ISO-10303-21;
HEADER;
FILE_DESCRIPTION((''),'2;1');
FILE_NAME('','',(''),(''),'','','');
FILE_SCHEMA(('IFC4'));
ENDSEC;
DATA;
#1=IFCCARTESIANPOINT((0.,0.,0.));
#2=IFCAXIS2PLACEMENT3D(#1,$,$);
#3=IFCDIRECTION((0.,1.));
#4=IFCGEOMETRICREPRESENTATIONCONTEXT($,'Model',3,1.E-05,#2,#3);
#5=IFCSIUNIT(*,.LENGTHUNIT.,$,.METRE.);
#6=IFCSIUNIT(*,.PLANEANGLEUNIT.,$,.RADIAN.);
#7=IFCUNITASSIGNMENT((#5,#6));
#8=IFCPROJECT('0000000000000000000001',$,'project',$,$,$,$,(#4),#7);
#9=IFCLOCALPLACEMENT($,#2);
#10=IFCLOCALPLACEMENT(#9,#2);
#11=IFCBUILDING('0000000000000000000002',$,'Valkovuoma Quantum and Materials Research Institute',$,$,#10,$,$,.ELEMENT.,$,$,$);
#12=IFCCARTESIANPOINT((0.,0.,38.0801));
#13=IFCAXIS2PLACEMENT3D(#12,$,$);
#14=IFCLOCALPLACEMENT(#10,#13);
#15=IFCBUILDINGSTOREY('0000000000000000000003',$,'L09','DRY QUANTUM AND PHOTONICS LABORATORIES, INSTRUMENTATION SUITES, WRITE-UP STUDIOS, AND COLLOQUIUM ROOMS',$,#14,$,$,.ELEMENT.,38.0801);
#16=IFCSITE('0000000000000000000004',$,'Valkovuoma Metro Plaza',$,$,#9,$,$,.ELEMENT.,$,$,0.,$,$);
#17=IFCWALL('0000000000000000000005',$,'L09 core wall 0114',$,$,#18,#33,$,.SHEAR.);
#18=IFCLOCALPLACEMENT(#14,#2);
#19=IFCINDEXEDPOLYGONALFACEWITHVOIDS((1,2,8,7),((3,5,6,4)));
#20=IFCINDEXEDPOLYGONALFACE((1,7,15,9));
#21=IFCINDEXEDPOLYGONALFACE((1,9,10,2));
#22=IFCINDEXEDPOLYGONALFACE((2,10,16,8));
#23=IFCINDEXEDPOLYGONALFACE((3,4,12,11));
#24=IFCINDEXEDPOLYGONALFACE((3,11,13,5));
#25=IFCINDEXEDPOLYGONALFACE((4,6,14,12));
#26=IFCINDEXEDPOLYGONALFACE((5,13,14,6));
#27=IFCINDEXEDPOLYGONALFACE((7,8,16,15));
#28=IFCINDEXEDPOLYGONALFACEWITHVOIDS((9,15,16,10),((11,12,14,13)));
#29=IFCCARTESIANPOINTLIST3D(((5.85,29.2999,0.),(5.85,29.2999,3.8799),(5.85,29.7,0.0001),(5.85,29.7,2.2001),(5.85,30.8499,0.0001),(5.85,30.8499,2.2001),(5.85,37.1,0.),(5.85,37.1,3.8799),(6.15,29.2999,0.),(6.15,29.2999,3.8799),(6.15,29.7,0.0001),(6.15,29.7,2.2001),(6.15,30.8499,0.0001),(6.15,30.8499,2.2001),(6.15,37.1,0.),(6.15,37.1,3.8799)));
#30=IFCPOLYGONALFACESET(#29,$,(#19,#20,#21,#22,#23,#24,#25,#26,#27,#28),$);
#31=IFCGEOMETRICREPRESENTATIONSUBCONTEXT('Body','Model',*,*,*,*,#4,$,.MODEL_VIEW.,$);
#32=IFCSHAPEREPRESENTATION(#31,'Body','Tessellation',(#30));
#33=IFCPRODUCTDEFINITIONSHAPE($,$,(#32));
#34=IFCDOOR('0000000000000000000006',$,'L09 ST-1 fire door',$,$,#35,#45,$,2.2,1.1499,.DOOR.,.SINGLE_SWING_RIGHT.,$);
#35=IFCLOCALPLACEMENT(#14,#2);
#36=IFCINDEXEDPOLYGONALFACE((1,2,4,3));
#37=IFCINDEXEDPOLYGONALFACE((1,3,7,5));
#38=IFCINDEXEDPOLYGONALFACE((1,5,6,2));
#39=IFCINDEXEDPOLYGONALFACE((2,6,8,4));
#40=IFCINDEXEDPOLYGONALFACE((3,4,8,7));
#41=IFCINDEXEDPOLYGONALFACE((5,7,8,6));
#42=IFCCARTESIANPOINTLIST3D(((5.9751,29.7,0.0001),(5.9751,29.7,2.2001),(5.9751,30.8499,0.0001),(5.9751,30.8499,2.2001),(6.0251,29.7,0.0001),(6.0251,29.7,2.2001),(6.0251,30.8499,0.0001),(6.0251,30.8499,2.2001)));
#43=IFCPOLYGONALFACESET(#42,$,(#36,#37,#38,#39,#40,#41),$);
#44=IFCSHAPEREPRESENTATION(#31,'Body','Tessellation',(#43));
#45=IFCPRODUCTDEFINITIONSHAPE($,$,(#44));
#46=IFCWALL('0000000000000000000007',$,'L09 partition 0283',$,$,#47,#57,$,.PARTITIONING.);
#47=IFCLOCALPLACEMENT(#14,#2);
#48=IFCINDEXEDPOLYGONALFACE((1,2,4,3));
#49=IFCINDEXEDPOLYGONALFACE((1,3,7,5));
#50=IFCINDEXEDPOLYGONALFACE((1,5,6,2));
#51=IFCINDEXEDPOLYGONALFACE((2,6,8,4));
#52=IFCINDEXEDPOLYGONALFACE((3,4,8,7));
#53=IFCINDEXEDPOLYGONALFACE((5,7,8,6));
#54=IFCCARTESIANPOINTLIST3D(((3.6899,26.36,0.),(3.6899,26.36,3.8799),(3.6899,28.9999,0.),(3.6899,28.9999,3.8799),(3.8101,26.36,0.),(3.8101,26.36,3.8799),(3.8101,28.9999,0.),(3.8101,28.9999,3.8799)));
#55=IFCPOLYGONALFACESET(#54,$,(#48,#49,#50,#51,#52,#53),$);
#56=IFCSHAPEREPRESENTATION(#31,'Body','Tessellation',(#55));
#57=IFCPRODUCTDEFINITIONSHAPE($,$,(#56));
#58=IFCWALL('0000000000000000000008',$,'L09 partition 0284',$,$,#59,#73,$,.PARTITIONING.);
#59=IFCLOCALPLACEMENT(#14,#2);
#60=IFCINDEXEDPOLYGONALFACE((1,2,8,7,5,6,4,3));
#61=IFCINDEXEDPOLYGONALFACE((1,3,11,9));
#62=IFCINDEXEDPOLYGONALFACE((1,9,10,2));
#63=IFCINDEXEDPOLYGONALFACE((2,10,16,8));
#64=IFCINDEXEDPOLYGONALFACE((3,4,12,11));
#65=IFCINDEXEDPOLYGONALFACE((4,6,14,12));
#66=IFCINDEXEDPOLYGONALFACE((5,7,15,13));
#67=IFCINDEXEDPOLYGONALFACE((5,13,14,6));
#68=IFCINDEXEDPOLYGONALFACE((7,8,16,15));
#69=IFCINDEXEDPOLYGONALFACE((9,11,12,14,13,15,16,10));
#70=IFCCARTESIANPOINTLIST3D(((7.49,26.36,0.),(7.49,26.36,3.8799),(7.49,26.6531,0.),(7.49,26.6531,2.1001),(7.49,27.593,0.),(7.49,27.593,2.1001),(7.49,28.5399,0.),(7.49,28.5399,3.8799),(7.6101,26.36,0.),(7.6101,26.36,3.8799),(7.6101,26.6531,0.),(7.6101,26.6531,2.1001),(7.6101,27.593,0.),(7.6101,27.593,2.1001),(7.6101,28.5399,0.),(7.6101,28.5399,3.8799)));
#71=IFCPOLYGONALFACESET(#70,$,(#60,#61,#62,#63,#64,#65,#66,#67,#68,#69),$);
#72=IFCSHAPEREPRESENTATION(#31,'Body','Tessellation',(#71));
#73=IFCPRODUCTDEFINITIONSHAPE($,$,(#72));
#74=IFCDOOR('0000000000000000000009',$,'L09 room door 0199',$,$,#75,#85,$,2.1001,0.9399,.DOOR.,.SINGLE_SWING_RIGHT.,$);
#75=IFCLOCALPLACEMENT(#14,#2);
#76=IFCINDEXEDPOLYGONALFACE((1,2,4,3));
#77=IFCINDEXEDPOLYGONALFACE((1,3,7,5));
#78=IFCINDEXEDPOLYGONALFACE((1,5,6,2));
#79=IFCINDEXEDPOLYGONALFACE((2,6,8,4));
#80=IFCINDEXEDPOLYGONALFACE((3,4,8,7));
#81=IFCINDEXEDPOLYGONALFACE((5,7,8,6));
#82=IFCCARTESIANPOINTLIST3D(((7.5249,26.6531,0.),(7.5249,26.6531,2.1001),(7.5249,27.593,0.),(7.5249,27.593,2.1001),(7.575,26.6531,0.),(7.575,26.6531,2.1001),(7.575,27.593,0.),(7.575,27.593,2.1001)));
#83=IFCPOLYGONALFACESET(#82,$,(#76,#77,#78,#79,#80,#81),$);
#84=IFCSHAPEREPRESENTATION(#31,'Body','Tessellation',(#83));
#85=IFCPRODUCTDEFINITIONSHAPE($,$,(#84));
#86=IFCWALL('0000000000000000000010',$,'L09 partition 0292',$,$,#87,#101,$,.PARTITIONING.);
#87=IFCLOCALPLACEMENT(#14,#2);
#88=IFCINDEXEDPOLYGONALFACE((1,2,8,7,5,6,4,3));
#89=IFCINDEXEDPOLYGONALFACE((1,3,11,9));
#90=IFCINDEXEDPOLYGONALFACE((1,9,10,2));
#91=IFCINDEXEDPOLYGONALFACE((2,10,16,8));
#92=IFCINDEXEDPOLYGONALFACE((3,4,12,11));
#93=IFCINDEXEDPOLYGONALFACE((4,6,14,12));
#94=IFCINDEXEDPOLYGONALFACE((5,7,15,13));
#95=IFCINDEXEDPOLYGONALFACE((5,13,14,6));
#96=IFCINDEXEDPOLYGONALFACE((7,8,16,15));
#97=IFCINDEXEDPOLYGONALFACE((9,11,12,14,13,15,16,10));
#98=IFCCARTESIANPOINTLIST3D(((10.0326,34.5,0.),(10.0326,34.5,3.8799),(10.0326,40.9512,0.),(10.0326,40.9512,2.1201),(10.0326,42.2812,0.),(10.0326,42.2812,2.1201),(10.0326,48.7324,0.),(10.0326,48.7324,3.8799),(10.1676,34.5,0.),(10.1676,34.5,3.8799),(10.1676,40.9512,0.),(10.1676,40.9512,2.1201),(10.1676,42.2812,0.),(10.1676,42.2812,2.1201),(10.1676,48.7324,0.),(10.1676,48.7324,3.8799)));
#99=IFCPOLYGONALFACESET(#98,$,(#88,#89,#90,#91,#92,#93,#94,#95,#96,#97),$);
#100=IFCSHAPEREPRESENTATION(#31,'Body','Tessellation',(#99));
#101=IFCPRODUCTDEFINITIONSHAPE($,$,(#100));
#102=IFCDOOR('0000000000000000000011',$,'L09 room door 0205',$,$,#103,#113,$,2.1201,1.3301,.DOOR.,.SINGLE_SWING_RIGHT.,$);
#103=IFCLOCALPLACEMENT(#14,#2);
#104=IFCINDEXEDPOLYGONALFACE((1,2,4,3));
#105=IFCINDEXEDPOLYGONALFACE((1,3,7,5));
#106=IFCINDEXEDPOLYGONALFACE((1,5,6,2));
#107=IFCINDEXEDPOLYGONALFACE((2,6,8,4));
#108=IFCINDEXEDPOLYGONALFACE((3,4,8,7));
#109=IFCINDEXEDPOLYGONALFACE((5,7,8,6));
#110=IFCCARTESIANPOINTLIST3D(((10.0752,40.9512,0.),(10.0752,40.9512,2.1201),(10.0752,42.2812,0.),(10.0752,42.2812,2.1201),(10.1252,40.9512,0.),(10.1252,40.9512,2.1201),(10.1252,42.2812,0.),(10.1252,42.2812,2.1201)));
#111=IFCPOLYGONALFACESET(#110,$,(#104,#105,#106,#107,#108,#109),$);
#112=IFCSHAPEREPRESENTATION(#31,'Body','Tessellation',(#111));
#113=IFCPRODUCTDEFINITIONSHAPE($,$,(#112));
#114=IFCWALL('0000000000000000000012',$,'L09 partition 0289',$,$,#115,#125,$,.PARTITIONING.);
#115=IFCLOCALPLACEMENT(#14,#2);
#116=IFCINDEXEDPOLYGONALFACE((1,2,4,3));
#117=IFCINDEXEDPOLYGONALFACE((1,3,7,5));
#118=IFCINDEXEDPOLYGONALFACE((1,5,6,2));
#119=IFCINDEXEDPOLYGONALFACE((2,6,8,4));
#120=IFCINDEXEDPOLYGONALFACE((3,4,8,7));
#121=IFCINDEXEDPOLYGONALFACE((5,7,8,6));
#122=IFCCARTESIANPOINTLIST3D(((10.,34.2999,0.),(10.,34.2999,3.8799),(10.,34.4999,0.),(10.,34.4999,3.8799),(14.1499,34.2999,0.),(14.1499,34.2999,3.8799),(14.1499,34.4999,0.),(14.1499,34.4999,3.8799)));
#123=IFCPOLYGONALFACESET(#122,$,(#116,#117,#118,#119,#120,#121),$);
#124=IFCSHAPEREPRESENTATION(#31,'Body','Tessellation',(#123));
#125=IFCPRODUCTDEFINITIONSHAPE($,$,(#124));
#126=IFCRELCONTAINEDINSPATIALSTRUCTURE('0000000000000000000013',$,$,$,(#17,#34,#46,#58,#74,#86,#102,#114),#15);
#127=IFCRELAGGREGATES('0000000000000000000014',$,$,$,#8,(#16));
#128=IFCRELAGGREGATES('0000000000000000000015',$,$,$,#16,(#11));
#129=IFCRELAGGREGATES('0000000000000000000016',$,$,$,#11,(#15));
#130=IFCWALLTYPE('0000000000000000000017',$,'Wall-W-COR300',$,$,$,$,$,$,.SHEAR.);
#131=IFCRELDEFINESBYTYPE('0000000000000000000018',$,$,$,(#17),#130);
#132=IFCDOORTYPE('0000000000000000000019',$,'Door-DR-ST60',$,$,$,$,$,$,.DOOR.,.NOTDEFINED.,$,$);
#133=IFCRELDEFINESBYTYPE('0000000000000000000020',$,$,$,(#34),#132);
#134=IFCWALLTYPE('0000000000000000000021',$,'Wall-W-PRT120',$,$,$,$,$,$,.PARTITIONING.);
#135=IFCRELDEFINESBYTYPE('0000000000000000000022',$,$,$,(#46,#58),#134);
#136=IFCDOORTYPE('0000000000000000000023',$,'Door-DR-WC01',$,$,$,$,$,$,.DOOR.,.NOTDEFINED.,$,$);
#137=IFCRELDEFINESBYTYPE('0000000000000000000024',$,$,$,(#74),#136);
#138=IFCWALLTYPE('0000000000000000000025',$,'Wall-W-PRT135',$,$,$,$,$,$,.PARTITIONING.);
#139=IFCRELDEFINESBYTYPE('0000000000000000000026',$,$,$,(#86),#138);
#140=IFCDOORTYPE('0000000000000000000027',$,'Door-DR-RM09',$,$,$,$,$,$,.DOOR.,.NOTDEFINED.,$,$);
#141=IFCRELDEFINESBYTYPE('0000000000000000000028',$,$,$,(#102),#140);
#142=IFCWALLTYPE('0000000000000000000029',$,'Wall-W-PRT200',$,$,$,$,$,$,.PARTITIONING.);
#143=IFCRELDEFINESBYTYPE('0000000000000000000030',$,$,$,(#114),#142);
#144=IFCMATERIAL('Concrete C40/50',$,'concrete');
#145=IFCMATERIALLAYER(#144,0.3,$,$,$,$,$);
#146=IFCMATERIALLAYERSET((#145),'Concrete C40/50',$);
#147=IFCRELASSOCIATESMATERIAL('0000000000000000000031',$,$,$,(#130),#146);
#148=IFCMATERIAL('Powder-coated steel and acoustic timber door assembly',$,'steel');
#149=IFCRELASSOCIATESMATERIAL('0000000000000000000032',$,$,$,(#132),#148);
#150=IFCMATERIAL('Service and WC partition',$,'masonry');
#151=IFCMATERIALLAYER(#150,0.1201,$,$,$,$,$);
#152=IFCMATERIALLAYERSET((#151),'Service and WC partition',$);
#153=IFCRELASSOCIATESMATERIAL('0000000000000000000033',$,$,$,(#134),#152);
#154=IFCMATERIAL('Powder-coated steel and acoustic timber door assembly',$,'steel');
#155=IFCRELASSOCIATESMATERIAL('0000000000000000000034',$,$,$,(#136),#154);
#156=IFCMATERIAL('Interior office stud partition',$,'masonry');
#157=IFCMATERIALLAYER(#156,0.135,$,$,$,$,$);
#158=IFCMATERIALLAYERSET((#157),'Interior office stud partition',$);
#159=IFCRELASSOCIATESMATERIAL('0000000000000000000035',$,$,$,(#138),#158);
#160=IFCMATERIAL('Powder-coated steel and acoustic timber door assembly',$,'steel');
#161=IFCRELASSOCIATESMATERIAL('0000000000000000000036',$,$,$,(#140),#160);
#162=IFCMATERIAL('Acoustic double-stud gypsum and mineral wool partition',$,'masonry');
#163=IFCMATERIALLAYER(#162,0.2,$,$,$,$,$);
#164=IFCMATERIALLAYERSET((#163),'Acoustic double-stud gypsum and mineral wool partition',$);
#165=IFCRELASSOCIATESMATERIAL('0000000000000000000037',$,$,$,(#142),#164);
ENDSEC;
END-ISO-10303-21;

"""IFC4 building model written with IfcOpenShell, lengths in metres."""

from ifc_helpers import new_model, si_unit, direction, frame, frame_2d, origin, place, context, subcontext, project, spatial, rectangle, extrude, material, layer, layer_set, type_object, element, fill, save


model = new_model("IFC4")

# Units and contexts
model_context = context("Model", 3, precision=1e-05, world=origin(), true_north=direction((0.0, 1.0)))
body_context = subcontext(model_context, "Body", "Model", "MODEL_VIEW")
ifc_project = project(units=[si_unit("LENGTHUNIT", "METRE"), si_unit("PLANEANGLEUNIT", "RADIAN")], contexts=[model_context])

# Site, building, storey
site_placement = place(None, origin())
site = spatial("IfcSite", under=ifc_project, at=site_placement, Name="Valkovuoma Metro Plaza", CompositionType="ELEMENT", RefElevation=0.0)
building_placement = place(site_placement, origin())
building = spatial("IfcBuilding", under=site, at=building_placement, Name="Valkovuoma Quantum and Materials Research Institute", CompositionType="ELEMENT")
storey_placement = place(building_placement, frame((0.0, 0.0, 38.0801)))
storey = spatial("IfcBuildingStorey", under=building, at=storey_placement, Name="L09", Description="DRY QUANTUM AND PHOTONICS LABORATORIES, INSTRUMENTATION SUITES, WRITE-UP STUDIOS, AND COLLOQUIUM ROOMS", CompositionType="ELEMENT", Elevation=38.0801)

# Shared definitions
ifc_material_1 = material(Name="Concrete C40/50", Category="concrete")
ifc_layer_1 = layer(ifc_material_1, 0.3)
ifc_layer_set_1 = layer_set([ifc_layer_1], Name="Concrete C40/50")
wall_type_1 = type_object("IfcWallType", Name="Wall-W-COR300", PredefinedType="SHEAR", material=ifc_layer_set_1)

# Wall, opening, door
wall_1_placement = place(storey_placement, frame((6.0, 29.3, 0.0), z_axis=(0.0, 0.0, 1.0), x_axis=(0.0, 1.0, 0.0)))
wall_1 = element("IfcWall", 1, at=wall_1_placement, inside=storey, type_object=wall_type_1, Name="L09 core wall 0114", PredefinedType="SHEAR", context=body_context, shape_type="SweptSolid", body=[
    extrude(rectangle(XDim=7.8, YDim=0.3, at=frame_2d((3.8999, 0.0))), origin(), (0.0, 0.0, 1.0), 3.8799),
])
opening_1_placement = place(wall_1_placement, frame((0.3999, 0.0, 0.0)))
opening_1 = element("IfcOpeningElement", 2, at=opening_1_placement, cuts=wall_1, PredefinedType="OPENING", context=body_context, shape_type="SweptSolid", body=[
    extrude(rectangle(XDim=1.1499, YDim=2.2, at=frame_2d((0.575, 1.1001))), frame((0.0, 0.1602, 0.0), z_axis=(0.0, -1.0, 0.0), x_axis=(1.0, 0.0, 0.0)), (0.0, 0.0, 1.0), 0.3201),
])
ifc_material_2 = material(Name="Powder-coated steel and acoustic timber door assembly", Category="steel")
door_type_1 = type_object("IfcDoorType", Name="Door-DR-ST60", OperationType="NOTDEFINED", PredefinedType="DOOR", material=ifc_material_2)
door_1_placement = place(opening_1_placement, origin())
door_1 = element("IfcDoor", 3, at=door_1_placement, inside=storey, type_object=door_type_1, Name="L09 ST-1 fire door", OperationType="SINGLE_SWING_RIGHT", OverallHeight=2.2, OverallWidth=1.1499, PredefinedType="DOOR", context=body_context, shape_type="SweptSolid", body=[
    extrude(rectangle(XDim=1.1499, YDim=2.2, at=frame_2d((0.575, 1.1001))), frame((0.0, 0.0249, 0.0), z_axis=(0.0, -1.0, 0.0), x_axis=(1.0, 0.0, 0.0)), (0.0, 0.0, 1.0), 0.05),
])
fill(opening_1, door_1)

# Wall
ifc_material_3 = material(Name="Service and WC partition", Category="masonry")
ifc_layer_2 = layer(ifc_material_3, 0.1201)
ifc_layer_set_2 = layer_set([ifc_layer_2], Name="Service and WC partition")
wall_type_2 = type_object("IfcWallType", Name="Wall-W-PRT120", PredefinedType="PARTITIONING", material=ifc_layer_set_2)
wall_2_placement = place(storey_placement, frame((3.75, 26.3601, 0.0), z_axis=(0.0, 0.0, 1.0), x_axis=(0.0, 1.0, 0.0)))
element("IfcWall", 4, at=wall_2_placement, inside=storey, type_object=wall_type_2, Name="L09 partition 0283", PredefinedType="PARTITIONING", context=body_context, shape_type="SweptSolid", body=[
    extrude(rectangle(XDim=2.6399, YDim=0.1201, at=frame_2d((1.3198, 0.0))), origin(), (0.0, 0.0, 1.0), 3.8799),
])

# Walls, openings, doors
wall_3_placement = place(storey_placement, frame((7.55, 26.3601, 0.0), z_axis=(0.0, 0.0, 1.0), x_axis=(0.0, 1.0, 0.0)))
wall_3 = element("IfcWall", 5, at=wall_3_placement, inside=storey, type_object=wall_type_2, Name="L09 partition 0284", PredefinedType="PARTITIONING", context=body_context, shape_type="SweptSolid", body=[
    extrude(rectangle(XDim=2.1799, YDim=0.1201, at=frame_2d((1.0898, 0.0))), origin(), (0.0, 0.0, 1.0), 3.8799),
])
opening_2_placement = place(wall_3_placement, frame((0.293, 0.0, 0.0)))
opening_2 = element("IfcOpeningElement", 6, at=opening_2_placement, cuts=wall_3, PredefinedType="OPENING", context=body_context, shape_type="SweptSolid", body=[
    extrude(rectangle(XDim=0.9399, YDim=2.1001, at=frame_2d((0.47, 1.05))), frame((0.0, 0.0701, 0.0), z_axis=(0.0, -1.0, 0.0), x_axis=(1.0, 0.0, 0.0)), (0.0, 0.0, 1.0), 0.1401),
])
ifc_material_4 = material(Name="Powder-coated steel and acoustic timber door assembly", Category="steel")
door_type_2 = type_object("IfcDoorType", Name="Door-DR-WC01", OperationType="NOTDEFINED", PredefinedType="DOOR", material=ifc_material_4)
door_2_placement = place(opening_2_placement, frame((0.9399, 0.0, 0.0), z_axis=(0.0, 0.0, 1.0), x_axis=(-1.0, 0.0, 0.0)))
door_2 = element("IfcDoor", 7, at=door_2_placement, inside=storey, type_object=door_type_2, Name="L09 room door 0199", OperationType="SINGLE_SWING_RIGHT", OverallHeight=2.1001, OverallWidth=0.9399, PredefinedType="DOOR", context=body_context, shape_type="SweptSolid", body=[
    extrude(rectangle(XDim=0.9399, YDim=2.1001, at=frame_2d((0.47, 1.05))), frame((0.0, 0.0249, 0.0), z_axis=(0.0, -1.0, 0.0), x_axis=(1.0, 0.0, 0.0)), (0.0, 0.0, 1.0), 0.05),
])
fill(opening_2, door_2)
ifc_material_5 = material(Name="Interior office stud partition", Category="masonry")
ifc_layer_3 = layer(ifc_material_5, 0.135)
ifc_layer_set_3 = layer_set([ifc_layer_3], Name="Interior office stud partition")
wall_type_3 = type_object("IfcWallType", Name="Wall-W-PRT135", PredefinedType="PARTITIONING", material=ifc_layer_set_3)
wall_4_placement = place(storey_placement, frame((10.1001, 34.5, 0.0), z_axis=(0.0, 0.0, 1.0), x_axis=(0.0, 1.0, 0.0)))
wall_4 = element("IfcWall", 8, at=wall_4_placement, inside=storey, type_object=wall_type_3, Name="L09 partition 0292", PredefinedType="PARTITIONING", context=body_context, shape_type="SweptSolid", body=[
    extrude(rectangle(XDim=14.2324, YDim=0.135, at=frame_2d((7.1162, 0.0))), origin(), (0.0, 0.0, 1.0), 3.8799),
])
opening_3_placement = place(wall_4_placement, frame((6.4512, 0.0, 0.0)))
opening_3 = element("IfcOpeningElement", 9, at=opening_3_placement, cuts=wall_4, PredefinedType="OPENING", context=body_context, shape_type="SweptSolid", body=[
    extrude(rectangle(XDim=1.3301, YDim=2.1201, at=frame_2d((0.665, 1.0601))), frame((0.0, 0.0776, 0.0), z_axis=(0.0, -1.0, 0.0), x_axis=(1.0, 0.0, 0.0)), (0.0, 0.0, 1.0), 0.155),
])
ifc_material_6 = material(Name="Powder-coated steel and acoustic timber door assembly", Category="steel")
door_type_3 = type_object("IfcDoorType", Name="Door-DR-RM09", OperationType="NOTDEFINED", PredefinedType="DOOR", material=ifc_material_6)
door_3_placement = place(opening_3_placement, origin())
door_3 = element("IfcDoor", 10, at=door_3_placement, inside=storey, type_object=door_type_3, Name="L09 room door 0205", OperationType="SINGLE_SWING_RIGHT", OverallHeight=2.1201, OverallWidth=1.3301, PredefinedType="DOOR", context=body_context, shape_type="SweptSolid", body=[
    extrude(rectangle(XDim=1.3301, YDim=2.1201, at=frame_2d((0.665, 1.0601))), frame((0.0, 0.0249, 0.0), z_axis=(0.0, -1.0, 0.0), x_axis=(1.0, 0.0, 0.0)), (0.0, 0.0, 1.0), 0.05),
])
fill(opening_3, door_3)

# Wall
ifc_material_7 = material(Name="Acoustic double-stud gypsum and mineral wool partition", Category="masonry")
ifc_layer_4 = layer(ifc_material_7, 0.2)
ifc_layer_set_4 = layer_set([ifc_layer_4], Name="Acoustic double-stud gypsum and mineral wool partition")
wall_type_4 = type_object("IfcWallType", Name="Wall-W-PRT200", PredefinedType="PARTITIONING", material=ifc_layer_set_4)
wall_5_placement = place(storey_placement, frame((10.0, 34.3999, 0.0), z_axis=(0.0, 0.0, 1.0), x_axis=(1.0, 0.0, 0.0)))
element("IfcWall", 11, at=wall_5_placement, inside=storey, type_object=wall_type_4, Name="L09 partition 0289", PredefinedType="PARTITIONING", context=body_context, shape_type="SweptSolid", body=[
    extrude(rectangle(XDim=4.1499, YDim=0.2, at=frame_2d((2.075, 0.0))), origin(), (0.0, 0.0, 1.0), 3.8799),
])

save(model, "model.ifc")
